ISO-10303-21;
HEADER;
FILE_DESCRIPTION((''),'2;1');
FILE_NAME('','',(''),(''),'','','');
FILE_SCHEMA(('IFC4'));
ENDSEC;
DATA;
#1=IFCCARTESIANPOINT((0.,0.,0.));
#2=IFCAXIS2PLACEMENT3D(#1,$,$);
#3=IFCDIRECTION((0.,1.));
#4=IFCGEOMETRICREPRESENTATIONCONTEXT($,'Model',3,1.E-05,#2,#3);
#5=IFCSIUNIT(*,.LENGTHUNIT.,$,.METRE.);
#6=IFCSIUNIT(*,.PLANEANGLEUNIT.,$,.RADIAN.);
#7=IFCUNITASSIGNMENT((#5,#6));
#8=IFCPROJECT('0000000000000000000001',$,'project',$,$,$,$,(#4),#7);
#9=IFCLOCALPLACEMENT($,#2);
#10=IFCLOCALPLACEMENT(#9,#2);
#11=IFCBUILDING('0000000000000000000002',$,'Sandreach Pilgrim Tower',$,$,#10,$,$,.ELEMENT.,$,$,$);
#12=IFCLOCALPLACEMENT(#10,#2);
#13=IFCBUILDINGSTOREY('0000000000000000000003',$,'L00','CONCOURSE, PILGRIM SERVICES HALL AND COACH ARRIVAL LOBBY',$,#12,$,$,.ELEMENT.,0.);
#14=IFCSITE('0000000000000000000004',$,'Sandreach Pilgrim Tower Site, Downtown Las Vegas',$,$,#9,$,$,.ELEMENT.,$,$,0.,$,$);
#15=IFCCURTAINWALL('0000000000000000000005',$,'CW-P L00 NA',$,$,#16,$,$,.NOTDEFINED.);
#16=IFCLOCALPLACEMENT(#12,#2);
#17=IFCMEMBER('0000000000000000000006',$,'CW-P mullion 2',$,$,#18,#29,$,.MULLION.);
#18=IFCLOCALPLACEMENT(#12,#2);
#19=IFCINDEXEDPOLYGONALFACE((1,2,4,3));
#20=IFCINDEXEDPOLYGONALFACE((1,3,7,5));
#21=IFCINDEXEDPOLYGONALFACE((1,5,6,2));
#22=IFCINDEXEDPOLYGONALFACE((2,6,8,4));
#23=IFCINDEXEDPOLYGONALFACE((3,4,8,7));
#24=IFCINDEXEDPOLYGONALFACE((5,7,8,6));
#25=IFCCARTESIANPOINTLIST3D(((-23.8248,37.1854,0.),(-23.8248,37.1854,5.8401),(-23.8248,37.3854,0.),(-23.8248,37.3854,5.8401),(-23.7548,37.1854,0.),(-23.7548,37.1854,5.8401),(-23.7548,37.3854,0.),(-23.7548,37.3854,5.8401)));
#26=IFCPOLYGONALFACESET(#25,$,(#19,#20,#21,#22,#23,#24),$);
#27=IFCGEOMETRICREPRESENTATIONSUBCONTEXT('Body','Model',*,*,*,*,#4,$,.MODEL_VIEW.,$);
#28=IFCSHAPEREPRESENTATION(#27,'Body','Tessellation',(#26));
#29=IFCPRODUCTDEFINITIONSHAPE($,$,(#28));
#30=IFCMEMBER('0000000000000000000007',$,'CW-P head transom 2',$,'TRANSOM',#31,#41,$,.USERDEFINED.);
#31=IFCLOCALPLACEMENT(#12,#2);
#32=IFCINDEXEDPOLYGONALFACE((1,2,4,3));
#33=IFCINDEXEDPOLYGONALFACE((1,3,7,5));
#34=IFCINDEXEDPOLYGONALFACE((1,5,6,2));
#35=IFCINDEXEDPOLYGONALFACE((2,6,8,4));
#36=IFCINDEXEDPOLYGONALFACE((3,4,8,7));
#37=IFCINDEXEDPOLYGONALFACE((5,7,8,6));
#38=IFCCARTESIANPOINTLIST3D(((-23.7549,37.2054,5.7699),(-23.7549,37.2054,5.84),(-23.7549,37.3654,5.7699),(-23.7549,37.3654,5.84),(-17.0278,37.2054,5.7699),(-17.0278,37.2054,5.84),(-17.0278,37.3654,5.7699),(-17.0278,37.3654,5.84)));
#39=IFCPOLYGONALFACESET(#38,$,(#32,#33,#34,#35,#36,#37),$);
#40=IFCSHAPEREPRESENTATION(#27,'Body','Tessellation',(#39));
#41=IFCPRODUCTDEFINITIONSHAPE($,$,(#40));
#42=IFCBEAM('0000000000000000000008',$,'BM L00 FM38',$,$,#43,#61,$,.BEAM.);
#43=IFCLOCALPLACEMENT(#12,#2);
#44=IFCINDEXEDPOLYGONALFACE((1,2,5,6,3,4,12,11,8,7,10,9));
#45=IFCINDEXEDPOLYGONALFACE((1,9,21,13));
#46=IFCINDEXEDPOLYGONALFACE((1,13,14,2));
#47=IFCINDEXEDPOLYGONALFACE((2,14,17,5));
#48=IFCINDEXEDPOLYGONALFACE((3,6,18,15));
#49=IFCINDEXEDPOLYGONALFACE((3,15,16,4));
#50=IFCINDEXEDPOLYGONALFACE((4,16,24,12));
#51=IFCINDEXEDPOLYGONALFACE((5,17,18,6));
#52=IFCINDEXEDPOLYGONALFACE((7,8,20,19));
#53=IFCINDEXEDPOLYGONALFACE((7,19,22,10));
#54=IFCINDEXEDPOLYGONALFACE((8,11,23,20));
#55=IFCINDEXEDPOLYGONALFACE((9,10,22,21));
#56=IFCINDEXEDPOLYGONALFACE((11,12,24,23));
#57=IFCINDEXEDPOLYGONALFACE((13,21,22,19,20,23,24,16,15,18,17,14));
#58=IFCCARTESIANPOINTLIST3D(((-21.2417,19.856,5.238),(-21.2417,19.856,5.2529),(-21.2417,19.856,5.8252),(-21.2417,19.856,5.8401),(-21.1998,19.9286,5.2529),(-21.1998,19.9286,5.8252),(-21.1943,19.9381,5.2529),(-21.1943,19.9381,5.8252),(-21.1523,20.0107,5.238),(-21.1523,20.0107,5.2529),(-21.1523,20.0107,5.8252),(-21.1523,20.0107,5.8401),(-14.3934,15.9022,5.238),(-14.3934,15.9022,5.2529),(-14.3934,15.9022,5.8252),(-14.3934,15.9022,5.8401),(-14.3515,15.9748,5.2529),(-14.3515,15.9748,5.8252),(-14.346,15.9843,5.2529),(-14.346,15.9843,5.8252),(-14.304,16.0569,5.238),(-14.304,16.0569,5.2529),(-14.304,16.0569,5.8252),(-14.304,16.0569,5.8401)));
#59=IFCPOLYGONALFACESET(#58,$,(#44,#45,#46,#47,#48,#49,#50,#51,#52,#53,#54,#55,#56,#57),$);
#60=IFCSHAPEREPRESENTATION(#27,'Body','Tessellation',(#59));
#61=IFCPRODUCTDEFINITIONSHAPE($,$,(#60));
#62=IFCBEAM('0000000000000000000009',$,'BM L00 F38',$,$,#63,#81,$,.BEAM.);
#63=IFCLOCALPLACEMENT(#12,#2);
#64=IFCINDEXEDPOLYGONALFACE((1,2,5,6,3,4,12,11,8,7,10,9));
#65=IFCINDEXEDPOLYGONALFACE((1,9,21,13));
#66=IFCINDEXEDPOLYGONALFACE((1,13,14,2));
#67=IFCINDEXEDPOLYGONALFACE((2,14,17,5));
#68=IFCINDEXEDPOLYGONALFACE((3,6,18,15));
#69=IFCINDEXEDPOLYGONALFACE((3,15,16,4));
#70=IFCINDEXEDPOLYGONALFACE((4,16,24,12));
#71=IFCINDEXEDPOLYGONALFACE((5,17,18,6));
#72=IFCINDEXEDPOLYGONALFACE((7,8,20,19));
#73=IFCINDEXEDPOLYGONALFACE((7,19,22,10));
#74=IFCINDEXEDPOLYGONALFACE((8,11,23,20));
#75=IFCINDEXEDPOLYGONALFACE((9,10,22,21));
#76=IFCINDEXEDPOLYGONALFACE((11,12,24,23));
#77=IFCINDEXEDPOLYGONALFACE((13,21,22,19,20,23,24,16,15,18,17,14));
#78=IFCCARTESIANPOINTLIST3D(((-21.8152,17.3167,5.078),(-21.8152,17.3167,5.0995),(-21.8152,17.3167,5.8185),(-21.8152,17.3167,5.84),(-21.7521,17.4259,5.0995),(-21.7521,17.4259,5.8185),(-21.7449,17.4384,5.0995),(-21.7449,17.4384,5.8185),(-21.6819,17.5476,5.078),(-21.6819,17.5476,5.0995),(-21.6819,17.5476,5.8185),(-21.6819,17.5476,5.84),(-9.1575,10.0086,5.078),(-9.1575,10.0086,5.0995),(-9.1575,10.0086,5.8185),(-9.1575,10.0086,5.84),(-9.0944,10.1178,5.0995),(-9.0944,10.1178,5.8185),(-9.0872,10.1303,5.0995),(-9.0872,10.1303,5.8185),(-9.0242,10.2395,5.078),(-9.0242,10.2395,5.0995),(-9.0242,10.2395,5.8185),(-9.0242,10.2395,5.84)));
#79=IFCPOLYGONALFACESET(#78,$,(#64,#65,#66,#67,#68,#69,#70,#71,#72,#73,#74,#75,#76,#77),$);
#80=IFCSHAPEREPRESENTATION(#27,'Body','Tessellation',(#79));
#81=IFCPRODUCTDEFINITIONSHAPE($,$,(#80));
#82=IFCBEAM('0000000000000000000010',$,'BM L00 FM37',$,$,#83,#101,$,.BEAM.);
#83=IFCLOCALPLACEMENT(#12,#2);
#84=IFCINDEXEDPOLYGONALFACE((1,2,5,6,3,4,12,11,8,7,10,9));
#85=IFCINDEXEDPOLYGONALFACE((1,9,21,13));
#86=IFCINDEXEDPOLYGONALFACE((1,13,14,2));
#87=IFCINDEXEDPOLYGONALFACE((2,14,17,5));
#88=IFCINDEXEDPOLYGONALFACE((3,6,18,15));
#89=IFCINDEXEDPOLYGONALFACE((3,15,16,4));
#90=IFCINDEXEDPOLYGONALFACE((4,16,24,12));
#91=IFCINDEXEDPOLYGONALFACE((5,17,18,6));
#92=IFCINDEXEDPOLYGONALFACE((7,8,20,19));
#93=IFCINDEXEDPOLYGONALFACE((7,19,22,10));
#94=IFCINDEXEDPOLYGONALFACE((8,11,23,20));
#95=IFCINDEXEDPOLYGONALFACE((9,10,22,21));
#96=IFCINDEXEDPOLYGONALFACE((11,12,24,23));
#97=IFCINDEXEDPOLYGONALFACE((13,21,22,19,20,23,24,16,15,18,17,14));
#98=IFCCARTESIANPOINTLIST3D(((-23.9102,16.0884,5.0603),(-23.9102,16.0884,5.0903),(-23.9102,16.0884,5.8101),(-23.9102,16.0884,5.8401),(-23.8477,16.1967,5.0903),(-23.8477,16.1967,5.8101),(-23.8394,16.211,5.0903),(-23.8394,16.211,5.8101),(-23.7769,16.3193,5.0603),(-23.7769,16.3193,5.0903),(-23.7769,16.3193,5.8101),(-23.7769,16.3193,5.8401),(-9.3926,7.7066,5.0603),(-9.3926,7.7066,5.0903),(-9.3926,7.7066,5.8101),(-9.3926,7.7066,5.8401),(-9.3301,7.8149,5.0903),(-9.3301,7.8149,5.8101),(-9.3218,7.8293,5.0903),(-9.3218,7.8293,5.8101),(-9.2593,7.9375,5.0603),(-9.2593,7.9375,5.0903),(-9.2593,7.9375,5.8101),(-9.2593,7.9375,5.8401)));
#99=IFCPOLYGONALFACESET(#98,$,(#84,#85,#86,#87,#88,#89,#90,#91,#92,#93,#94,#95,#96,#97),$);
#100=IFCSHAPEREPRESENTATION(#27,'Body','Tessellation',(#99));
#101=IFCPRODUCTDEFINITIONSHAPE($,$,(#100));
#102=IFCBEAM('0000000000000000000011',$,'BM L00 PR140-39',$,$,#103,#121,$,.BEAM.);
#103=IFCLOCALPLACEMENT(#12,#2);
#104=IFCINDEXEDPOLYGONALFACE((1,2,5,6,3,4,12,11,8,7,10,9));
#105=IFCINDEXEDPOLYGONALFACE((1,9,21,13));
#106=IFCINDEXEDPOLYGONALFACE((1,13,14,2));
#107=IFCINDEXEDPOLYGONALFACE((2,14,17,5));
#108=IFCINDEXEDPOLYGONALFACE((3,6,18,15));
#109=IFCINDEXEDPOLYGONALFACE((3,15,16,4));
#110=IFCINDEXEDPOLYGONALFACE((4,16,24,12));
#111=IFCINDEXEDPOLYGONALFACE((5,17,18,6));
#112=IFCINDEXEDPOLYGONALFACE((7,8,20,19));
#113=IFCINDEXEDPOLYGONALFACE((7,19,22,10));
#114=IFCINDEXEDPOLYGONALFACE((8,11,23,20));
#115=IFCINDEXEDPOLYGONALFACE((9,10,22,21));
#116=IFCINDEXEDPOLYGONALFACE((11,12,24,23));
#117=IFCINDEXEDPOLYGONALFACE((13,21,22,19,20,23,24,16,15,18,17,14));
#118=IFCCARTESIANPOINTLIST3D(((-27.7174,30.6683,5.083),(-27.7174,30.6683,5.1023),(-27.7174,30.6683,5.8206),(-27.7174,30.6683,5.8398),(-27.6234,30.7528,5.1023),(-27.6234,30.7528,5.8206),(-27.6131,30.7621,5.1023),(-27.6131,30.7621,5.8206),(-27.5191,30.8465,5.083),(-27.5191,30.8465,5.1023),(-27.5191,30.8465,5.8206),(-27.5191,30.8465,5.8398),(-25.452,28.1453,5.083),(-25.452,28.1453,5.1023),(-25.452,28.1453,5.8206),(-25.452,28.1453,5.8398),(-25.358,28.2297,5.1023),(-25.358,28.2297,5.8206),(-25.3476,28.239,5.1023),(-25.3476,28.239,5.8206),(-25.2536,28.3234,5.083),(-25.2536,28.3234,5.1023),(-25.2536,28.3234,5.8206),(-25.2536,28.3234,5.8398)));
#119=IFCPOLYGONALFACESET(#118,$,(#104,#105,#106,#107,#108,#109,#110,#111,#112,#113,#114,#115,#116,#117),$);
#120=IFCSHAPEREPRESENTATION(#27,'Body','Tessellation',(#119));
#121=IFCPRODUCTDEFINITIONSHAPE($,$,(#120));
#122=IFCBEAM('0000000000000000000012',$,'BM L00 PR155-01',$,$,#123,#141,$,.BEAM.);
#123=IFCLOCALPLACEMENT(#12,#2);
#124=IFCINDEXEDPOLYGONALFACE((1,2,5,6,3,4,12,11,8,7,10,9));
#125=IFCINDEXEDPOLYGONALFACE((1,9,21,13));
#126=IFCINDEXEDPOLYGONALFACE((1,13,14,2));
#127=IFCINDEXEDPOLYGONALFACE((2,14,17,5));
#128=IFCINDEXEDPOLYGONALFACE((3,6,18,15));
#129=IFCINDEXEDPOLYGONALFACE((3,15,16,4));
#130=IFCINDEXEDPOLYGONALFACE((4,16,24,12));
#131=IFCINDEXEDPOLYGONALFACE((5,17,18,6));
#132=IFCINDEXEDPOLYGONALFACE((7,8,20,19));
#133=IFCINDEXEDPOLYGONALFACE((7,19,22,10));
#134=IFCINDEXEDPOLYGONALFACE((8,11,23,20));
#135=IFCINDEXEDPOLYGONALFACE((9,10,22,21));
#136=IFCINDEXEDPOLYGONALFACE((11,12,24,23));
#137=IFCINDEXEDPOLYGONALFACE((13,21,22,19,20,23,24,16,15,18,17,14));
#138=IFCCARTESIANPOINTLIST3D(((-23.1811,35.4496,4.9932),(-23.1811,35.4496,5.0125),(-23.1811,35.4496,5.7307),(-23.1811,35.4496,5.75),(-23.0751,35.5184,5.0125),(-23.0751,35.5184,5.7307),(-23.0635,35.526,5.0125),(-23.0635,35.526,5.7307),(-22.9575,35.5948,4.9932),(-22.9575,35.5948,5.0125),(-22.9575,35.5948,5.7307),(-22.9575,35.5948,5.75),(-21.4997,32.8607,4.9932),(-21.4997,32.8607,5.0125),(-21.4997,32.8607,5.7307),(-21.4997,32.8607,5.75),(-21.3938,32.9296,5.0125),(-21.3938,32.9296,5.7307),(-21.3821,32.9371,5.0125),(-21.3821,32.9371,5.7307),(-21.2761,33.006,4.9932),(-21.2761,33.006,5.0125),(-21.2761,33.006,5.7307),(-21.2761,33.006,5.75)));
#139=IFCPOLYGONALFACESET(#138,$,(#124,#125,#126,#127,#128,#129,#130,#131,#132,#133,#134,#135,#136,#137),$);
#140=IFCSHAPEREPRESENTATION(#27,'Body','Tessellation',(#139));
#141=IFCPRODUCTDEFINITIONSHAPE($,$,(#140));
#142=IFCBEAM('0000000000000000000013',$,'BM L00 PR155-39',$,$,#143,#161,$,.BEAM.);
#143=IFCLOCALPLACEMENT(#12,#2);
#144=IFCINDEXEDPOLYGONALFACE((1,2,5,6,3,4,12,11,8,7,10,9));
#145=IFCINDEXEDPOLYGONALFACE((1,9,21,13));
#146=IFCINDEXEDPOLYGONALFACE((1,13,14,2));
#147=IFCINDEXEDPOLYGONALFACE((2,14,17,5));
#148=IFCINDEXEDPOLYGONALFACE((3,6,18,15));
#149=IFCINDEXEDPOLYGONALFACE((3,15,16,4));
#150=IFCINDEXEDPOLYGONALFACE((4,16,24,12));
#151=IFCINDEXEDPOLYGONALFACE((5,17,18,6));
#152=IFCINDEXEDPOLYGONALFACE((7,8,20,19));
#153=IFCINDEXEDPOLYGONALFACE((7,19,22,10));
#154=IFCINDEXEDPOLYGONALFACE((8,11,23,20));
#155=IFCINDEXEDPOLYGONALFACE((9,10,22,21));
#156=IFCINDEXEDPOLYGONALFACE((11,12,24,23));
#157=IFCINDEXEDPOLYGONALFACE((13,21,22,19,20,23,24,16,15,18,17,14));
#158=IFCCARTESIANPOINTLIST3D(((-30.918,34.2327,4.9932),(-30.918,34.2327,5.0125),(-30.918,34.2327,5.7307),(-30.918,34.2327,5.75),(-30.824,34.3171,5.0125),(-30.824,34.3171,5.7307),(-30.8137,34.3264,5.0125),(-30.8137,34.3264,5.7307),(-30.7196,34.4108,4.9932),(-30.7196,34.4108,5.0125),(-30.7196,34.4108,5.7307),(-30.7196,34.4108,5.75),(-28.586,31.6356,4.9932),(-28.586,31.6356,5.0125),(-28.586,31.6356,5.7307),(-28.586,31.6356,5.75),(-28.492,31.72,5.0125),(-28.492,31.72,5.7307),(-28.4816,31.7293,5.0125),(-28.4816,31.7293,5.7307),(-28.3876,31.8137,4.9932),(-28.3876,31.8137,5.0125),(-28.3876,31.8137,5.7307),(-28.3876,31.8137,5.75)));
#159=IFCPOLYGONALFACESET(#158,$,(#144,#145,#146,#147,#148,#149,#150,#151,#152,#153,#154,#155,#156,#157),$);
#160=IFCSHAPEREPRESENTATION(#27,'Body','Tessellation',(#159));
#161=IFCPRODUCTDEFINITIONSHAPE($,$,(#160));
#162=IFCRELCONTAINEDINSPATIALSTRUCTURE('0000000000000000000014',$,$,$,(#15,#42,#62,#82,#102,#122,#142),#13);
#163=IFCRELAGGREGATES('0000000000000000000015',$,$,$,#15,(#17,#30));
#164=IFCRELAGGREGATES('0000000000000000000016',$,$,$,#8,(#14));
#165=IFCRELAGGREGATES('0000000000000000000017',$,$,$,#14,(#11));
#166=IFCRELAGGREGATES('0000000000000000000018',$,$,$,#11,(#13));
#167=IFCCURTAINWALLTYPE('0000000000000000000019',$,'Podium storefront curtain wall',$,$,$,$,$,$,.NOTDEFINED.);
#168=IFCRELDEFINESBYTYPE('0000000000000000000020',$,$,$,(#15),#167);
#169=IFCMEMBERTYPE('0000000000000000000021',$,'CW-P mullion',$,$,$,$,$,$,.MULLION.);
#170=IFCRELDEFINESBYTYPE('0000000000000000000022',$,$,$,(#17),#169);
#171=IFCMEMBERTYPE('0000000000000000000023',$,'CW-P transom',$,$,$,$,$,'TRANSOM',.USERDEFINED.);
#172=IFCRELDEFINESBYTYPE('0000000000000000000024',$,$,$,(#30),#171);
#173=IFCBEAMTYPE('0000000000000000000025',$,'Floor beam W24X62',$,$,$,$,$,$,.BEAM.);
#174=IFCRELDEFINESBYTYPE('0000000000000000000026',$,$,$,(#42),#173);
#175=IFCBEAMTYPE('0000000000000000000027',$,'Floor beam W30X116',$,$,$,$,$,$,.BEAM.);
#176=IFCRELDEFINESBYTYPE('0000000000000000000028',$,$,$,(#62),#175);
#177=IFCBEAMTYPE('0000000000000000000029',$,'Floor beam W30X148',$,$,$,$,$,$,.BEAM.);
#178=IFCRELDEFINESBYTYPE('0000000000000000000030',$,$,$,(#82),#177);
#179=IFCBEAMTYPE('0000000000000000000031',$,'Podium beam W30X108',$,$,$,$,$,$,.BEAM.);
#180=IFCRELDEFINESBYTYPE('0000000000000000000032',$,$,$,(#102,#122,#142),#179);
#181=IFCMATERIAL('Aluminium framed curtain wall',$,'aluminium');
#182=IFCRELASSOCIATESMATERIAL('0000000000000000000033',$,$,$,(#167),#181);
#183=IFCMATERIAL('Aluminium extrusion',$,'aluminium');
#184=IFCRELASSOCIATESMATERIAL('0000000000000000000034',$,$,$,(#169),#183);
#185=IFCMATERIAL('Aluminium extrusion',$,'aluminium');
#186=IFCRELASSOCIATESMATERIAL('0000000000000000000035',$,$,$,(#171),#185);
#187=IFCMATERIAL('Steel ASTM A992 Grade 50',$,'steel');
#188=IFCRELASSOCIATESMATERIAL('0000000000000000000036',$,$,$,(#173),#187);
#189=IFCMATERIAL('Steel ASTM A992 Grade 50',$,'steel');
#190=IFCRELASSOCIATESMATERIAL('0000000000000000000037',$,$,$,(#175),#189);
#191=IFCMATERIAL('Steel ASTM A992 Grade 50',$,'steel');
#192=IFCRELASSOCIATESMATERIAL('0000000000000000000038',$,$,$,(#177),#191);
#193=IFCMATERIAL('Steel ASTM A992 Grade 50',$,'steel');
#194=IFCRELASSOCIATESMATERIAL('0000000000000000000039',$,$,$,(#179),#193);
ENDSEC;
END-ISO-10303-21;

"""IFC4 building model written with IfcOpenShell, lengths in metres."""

from ifc_helpers import new_model, si_unit, direction, frame, origin, origin_2d, place, context, subcontext, project, spatial, rectangle, i_section, extrude, material, material_profile, profile_set, type_object, element, aggregate, save


model = new_model("IFC4")

# Units and contexts
model_context = context("Model", 3, precision=1e-05, world=origin(), true_north=direction((0.0, 1.0)))
body_context = subcontext(model_context, "Body", "Model", "MODEL_VIEW")
ifc_project = project(units=[si_unit("LENGTHUNIT", "METRE"), si_unit("PLANEANGLEUNIT", "RADIAN")], contexts=[model_context])

# Site, building, storey
site_placement = place(None, origin())
site = spatial("IfcSite", under=ifc_project, at=site_placement, Name="Sandreach Pilgrim Tower Site, Downtown Las Vegas", CompositionType="ELEMENT", RefElevation=0.0)
building_placement = place(site_placement, origin())
building = spatial("IfcBuilding", under=site, at=building_placement, Name="Sandreach Pilgrim Tower", CompositionType="ELEMENT")
storey_placement = place(building_placement, origin())
storey = spatial("IfcBuildingStorey", under=building, at=storey_placement, Name="L00", Description="CONCOURSE, PILGRIM SERVICES HALL AND COACH ARRIVAL LOBBY", CompositionType="ELEMENT", Elevation=0.0)

# Curtain wall, members
ifc_material_1 = material(Name="Aluminium framed curtain wall", Category="aluminium")
curtain_wall_type = type_object("IfcCurtainWallType", Name="Podium storefront curtain wall", PredefinedType="NOTDEFINED", material=ifc_material_1)
curtain_wall_placement = place(storey_placement, origin())
curtain_wall = element("IfcCurtainWall", 1, at=curtain_wall_placement, inside=storey, type_object=curtain_wall_type, Name="CW-P L00 NA", PredefinedType="NOTDEFINED")
ifc_material_2 = material(Name="Aluminium extrusion", Category="aluminium")
ifc_material_profile_1 = material_profile(ifc_material_2, rectangle(XDim=0.0701, YDim=0.2, at=origin_2d()), Name="CW-PM 70X200")
ifc_profile_set_1 = profile_set([ifc_material_profile_1], Name="Aluminium extrusion")
member_type_1 = type_object("IfcMemberType", Name="CW-P mullion", PredefinedType="MULLION", material=ifc_profile_set_1)
member_1_placement = place(storey_placement, frame((-23.7898, 37.2854, 0.0), z_axis=(0.0, 0.0, 1.0), x_axis=(1.0, 0.0, 0.0)))
member_1 = element("IfcMember", 2, at=member_1_placement, type_object=member_type_1, Name="CW-P mullion 2", PredefinedType="MULLION", context=body_context, shape_type="SweptSolid", body=[
    extrude(rectangle(XDim=0.0701, YDim=0.2, at=origin_2d()), origin(), (0.0, 0.0, 1.0), 5.8401),
])
ifc_material_3 = material(Name="Aluminium extrusion", Category="aluminium")
ifc_material_profile_2 = material_profile(ifc_material_3, rectangle(XDim=0.1599, YDim=0.0701, at=origin_2d()), Name="CW-PT 160X70")
ifc_profile_set_2 = profile_set([ifc_material_profile_2], Name="Aluminium extrusion")
member_type_2 = type_object("IfcMemberType", Name="CW-P transom", ElementType="TRANSOM", PredefinedType="USERDEFINED", material=ifc_profile_set_2)
member_2_placement = place(storey_placement, frame((-23.7549, 37.2854, 5.8049), z_axis=(1.0, 0.0, 0.0), x_axis=(0.0, 1.0, 0.0)))
member_2 = element("IfcMember", 3, at=member_2_placement, type_object=member_type_2, Name="CW-P head transom 2", ObjectType="TRANSOM", PredefinedType="USERDEFINED", context=body_context, shape_type="SweptSolid", body=[
    extrude(rectangle(XDim=0.1599, YDim=0.0701, at=origin_2d()), origin(), (0.0, 0.0, 1.0), 6.7271),
])

# Beams
ifc_material_4 = material(Name="Steel ASTM A992 Grade 50", Category="steel")
ifc_material_profile_3 = material_profile(ifc_material_4, i_section(OverallWidth=0.1787, OverallDepth=0.6021, WebThickness=0.011, FlangeThickness=0.0149, at=origin_2d()), Name="W24X62")
ifc_profile_set_3 = profile_set([ifc_material_profile_3], Name="Steel ASTM A992 Grade 50")
beam_type_1 = type_object("IfcBeamType", Name="Floor beam W24X62", PredefinedType="BEAM", material=ifc_profile_set_3)
beam_1_placement = place(storey_placement, frame((-21.197, 19.9333, 5.5391), z_axis=(0.866029, -0.499994, 0.0), x_axis=(0.499994, 0.866029, 0.0)))
element("IfcBeam", 4, at=beam_1_placement, inside=storey, type_object=beam_type_1, Name="BM L00 FM38", PredefinedType="BEAM", context=body_context, shape_type="SweptSolid", body=[
    extrude(i_section(OverallWidth=0.1787, OverallDepth=0.6021, WebThickness=0.011, FlangeThickness=0.0149, at=origin_2d()), origin(), (0.0, 0.0, 1.0), 7.9077),
])
ifc_material_5 = material(Name="Steel ASTM A992 Grade 50", Category="steel")
ifc_material_profile_4 = material_profile(ifc_material_5, i_section(OverallWidth=0.2666, OverallDepth=0.762, WebThickness=0.0144, FlangeThickness=0.0215, at=origin_2d()), Name="W30X116")
ifc_profile_set_4 = profile_set([ifc_material_profile_4], Name="Steel ASTM A992 Grade 50")
beam_type_2 = type_object("IfcBeamType", Name="Floor beam W30X116", PredefinedType="BEAM", material=ifc_profile_set_4)
beam_2_placement = place(storey_placement, frame((-21.7485, 17.4321, 5.459), z_axis=(0.86602, -0.500009, 0.0), x_axis=(0.500009, 0.86602, 0.0)))
element("IfcBeam", 5, at=beam_2_placement, inside=storey, type_object=beam_type_2, Name="BM L00 F38", PredefinedType="BEAM", context=body_context, shape_type="SweptSolid", body=[
    extrude(i_section(OverallWidth=0.2666, OverallDepth=0.762, WebThickness=0.0144, FlangeThickness=0.0215, at=origin_2d()), origin(), (0.0, 0.0, 1.0), 14.616),
])
ifc_material_6 = material(Name="Steel ASTM A992 Grade 50", Category="steel")
ifc_material_profile_5 = material_profile(ifc_material_6, i_section(OverallWidth=0.2666, OverallDepth=0.7798, WebThickness=0.0166, FlangeThickness=0.03, at=origin_2d()), Name="W30X148")
ifc_profile_set_5 = profile_set([ifc_material_profile_5], Name="Steel ASTM A992 Grade 50")
beam_type_3 = type_object("IfcBeamType", Name="Floor beam W30X148", PredefinedType="BEAM", material=ifc_profile_set_5)
beam_3_placement = place(storey_placement, frame((-23.8435, 16.2039, 5.4502), z_axis=(0.866023, -0.500005, 0.0), x_axis=(0.500005, 0.866023, 0.0)))
element("IfcBeam", 6, at=beam_3_placement, inside=storey, type_object=beam_type_3, Name="BM L00 FM37", PredefinedType="BEAM", context=body_context, shape_type="SweptSolid", body=[
    extrude(i_section(OverallWidth=0.2666, OverallDepth=0.7798, WebThickness=0.0166, FlangeThickness=0.03, at=origin_2d()), origin(), (0.0, 0.0, 1.0), 16.7634),
])
ifc_material_7 = material(Name="Steel ASTM A992 Grade 50", Category="steel")
ifc_material_profile_6 = material_profile(ifc_material_7, i_section(OverallWidth=0.2666, OverallDepth=0.7568, WebThickness=0.0139, FlangeThickness=0.0193, at=origin_2d()), Name="W30X108")
ifc_profile_set_6 = profile_set([ifc_material_profile_6], Name="Steel ASTM A992 Grade 50")
beam_type_4 = type_object("IfcBeamType", Name="Podium beam W30X108", PredefinedType="BEAM", material=ifc_profile_set_6)
beam_4_placement = place(storey_placement, frame((-25.3528, 28.2344, 5.4614), z_axis=(-0.668105, 0.744067, 0.0), x_axis=(-0.744067, -0.668105, 0.0)))
element("IfcBeam", 7, at=beam_4_placement, inside=storey, type_object=beam_type_4, Name="BM L00 PR140-39", PredefinedType="BEAM", context=body_context, shape_type="SweptSolid", body=[
    extrude(i_section(OverallWidth=0.2666, OverallDepth=0.7568, WebThickness=0.0139, FlangeThickness=0.0193, at=origin_2d()), origin(), (0.0, 0.0, 1.0), 3.3909),
])
beam_5_placement = place(storey_placement, frame((-21.3879, 32.9333, 5.3716), z_axis=(-0.544677, 0.838646, 0.0), x_axis=(-0.838646, -0.544677, 0.0)))
element("IfcBeam", 8, at=beam_5_placement, inside=storey, type_object=beam_type_4, Name="BM L00 PR155-01", PredefinedType="BEAM", context=body_context, shape_type="SweptSolid", body=[
    extrude(i_section(OverallWidth=0.2666, OverallDepth=0.7568, WebThickness=0.0139, FlangeThickness=0.0193, at=origin_2d()), origin(), (0.0, 0.0, 1.0), 3.0869),
])
beam_6_placement = place(storey_placement, frame((-28.4868, 31.7246, 5.3716), z_axis=(-0.668106, 0.744066, 0.0), x_axis=(-0.744066, -0.668106, 0.0)))
element("IfcBeam", 9, at=beam_6_placement, inside=storey, type_object=beam_type_4, Name="BM L00 PR155-39", PredefinedType="BEAM", context=body_context, shape_type="SweptSolid", body=[
    extrude(i_section(OverallWidth=0.2666, OverallDepth=0.7568, WebThickness=0.0139, FlangeThickness=0.0193, at=origin_2d()), origin(), (0.0, 0.0, 1.0), 3.4905),
])

aggregate(curtain_wall, [member_1, member_2])

save(model, "model.ifc")
